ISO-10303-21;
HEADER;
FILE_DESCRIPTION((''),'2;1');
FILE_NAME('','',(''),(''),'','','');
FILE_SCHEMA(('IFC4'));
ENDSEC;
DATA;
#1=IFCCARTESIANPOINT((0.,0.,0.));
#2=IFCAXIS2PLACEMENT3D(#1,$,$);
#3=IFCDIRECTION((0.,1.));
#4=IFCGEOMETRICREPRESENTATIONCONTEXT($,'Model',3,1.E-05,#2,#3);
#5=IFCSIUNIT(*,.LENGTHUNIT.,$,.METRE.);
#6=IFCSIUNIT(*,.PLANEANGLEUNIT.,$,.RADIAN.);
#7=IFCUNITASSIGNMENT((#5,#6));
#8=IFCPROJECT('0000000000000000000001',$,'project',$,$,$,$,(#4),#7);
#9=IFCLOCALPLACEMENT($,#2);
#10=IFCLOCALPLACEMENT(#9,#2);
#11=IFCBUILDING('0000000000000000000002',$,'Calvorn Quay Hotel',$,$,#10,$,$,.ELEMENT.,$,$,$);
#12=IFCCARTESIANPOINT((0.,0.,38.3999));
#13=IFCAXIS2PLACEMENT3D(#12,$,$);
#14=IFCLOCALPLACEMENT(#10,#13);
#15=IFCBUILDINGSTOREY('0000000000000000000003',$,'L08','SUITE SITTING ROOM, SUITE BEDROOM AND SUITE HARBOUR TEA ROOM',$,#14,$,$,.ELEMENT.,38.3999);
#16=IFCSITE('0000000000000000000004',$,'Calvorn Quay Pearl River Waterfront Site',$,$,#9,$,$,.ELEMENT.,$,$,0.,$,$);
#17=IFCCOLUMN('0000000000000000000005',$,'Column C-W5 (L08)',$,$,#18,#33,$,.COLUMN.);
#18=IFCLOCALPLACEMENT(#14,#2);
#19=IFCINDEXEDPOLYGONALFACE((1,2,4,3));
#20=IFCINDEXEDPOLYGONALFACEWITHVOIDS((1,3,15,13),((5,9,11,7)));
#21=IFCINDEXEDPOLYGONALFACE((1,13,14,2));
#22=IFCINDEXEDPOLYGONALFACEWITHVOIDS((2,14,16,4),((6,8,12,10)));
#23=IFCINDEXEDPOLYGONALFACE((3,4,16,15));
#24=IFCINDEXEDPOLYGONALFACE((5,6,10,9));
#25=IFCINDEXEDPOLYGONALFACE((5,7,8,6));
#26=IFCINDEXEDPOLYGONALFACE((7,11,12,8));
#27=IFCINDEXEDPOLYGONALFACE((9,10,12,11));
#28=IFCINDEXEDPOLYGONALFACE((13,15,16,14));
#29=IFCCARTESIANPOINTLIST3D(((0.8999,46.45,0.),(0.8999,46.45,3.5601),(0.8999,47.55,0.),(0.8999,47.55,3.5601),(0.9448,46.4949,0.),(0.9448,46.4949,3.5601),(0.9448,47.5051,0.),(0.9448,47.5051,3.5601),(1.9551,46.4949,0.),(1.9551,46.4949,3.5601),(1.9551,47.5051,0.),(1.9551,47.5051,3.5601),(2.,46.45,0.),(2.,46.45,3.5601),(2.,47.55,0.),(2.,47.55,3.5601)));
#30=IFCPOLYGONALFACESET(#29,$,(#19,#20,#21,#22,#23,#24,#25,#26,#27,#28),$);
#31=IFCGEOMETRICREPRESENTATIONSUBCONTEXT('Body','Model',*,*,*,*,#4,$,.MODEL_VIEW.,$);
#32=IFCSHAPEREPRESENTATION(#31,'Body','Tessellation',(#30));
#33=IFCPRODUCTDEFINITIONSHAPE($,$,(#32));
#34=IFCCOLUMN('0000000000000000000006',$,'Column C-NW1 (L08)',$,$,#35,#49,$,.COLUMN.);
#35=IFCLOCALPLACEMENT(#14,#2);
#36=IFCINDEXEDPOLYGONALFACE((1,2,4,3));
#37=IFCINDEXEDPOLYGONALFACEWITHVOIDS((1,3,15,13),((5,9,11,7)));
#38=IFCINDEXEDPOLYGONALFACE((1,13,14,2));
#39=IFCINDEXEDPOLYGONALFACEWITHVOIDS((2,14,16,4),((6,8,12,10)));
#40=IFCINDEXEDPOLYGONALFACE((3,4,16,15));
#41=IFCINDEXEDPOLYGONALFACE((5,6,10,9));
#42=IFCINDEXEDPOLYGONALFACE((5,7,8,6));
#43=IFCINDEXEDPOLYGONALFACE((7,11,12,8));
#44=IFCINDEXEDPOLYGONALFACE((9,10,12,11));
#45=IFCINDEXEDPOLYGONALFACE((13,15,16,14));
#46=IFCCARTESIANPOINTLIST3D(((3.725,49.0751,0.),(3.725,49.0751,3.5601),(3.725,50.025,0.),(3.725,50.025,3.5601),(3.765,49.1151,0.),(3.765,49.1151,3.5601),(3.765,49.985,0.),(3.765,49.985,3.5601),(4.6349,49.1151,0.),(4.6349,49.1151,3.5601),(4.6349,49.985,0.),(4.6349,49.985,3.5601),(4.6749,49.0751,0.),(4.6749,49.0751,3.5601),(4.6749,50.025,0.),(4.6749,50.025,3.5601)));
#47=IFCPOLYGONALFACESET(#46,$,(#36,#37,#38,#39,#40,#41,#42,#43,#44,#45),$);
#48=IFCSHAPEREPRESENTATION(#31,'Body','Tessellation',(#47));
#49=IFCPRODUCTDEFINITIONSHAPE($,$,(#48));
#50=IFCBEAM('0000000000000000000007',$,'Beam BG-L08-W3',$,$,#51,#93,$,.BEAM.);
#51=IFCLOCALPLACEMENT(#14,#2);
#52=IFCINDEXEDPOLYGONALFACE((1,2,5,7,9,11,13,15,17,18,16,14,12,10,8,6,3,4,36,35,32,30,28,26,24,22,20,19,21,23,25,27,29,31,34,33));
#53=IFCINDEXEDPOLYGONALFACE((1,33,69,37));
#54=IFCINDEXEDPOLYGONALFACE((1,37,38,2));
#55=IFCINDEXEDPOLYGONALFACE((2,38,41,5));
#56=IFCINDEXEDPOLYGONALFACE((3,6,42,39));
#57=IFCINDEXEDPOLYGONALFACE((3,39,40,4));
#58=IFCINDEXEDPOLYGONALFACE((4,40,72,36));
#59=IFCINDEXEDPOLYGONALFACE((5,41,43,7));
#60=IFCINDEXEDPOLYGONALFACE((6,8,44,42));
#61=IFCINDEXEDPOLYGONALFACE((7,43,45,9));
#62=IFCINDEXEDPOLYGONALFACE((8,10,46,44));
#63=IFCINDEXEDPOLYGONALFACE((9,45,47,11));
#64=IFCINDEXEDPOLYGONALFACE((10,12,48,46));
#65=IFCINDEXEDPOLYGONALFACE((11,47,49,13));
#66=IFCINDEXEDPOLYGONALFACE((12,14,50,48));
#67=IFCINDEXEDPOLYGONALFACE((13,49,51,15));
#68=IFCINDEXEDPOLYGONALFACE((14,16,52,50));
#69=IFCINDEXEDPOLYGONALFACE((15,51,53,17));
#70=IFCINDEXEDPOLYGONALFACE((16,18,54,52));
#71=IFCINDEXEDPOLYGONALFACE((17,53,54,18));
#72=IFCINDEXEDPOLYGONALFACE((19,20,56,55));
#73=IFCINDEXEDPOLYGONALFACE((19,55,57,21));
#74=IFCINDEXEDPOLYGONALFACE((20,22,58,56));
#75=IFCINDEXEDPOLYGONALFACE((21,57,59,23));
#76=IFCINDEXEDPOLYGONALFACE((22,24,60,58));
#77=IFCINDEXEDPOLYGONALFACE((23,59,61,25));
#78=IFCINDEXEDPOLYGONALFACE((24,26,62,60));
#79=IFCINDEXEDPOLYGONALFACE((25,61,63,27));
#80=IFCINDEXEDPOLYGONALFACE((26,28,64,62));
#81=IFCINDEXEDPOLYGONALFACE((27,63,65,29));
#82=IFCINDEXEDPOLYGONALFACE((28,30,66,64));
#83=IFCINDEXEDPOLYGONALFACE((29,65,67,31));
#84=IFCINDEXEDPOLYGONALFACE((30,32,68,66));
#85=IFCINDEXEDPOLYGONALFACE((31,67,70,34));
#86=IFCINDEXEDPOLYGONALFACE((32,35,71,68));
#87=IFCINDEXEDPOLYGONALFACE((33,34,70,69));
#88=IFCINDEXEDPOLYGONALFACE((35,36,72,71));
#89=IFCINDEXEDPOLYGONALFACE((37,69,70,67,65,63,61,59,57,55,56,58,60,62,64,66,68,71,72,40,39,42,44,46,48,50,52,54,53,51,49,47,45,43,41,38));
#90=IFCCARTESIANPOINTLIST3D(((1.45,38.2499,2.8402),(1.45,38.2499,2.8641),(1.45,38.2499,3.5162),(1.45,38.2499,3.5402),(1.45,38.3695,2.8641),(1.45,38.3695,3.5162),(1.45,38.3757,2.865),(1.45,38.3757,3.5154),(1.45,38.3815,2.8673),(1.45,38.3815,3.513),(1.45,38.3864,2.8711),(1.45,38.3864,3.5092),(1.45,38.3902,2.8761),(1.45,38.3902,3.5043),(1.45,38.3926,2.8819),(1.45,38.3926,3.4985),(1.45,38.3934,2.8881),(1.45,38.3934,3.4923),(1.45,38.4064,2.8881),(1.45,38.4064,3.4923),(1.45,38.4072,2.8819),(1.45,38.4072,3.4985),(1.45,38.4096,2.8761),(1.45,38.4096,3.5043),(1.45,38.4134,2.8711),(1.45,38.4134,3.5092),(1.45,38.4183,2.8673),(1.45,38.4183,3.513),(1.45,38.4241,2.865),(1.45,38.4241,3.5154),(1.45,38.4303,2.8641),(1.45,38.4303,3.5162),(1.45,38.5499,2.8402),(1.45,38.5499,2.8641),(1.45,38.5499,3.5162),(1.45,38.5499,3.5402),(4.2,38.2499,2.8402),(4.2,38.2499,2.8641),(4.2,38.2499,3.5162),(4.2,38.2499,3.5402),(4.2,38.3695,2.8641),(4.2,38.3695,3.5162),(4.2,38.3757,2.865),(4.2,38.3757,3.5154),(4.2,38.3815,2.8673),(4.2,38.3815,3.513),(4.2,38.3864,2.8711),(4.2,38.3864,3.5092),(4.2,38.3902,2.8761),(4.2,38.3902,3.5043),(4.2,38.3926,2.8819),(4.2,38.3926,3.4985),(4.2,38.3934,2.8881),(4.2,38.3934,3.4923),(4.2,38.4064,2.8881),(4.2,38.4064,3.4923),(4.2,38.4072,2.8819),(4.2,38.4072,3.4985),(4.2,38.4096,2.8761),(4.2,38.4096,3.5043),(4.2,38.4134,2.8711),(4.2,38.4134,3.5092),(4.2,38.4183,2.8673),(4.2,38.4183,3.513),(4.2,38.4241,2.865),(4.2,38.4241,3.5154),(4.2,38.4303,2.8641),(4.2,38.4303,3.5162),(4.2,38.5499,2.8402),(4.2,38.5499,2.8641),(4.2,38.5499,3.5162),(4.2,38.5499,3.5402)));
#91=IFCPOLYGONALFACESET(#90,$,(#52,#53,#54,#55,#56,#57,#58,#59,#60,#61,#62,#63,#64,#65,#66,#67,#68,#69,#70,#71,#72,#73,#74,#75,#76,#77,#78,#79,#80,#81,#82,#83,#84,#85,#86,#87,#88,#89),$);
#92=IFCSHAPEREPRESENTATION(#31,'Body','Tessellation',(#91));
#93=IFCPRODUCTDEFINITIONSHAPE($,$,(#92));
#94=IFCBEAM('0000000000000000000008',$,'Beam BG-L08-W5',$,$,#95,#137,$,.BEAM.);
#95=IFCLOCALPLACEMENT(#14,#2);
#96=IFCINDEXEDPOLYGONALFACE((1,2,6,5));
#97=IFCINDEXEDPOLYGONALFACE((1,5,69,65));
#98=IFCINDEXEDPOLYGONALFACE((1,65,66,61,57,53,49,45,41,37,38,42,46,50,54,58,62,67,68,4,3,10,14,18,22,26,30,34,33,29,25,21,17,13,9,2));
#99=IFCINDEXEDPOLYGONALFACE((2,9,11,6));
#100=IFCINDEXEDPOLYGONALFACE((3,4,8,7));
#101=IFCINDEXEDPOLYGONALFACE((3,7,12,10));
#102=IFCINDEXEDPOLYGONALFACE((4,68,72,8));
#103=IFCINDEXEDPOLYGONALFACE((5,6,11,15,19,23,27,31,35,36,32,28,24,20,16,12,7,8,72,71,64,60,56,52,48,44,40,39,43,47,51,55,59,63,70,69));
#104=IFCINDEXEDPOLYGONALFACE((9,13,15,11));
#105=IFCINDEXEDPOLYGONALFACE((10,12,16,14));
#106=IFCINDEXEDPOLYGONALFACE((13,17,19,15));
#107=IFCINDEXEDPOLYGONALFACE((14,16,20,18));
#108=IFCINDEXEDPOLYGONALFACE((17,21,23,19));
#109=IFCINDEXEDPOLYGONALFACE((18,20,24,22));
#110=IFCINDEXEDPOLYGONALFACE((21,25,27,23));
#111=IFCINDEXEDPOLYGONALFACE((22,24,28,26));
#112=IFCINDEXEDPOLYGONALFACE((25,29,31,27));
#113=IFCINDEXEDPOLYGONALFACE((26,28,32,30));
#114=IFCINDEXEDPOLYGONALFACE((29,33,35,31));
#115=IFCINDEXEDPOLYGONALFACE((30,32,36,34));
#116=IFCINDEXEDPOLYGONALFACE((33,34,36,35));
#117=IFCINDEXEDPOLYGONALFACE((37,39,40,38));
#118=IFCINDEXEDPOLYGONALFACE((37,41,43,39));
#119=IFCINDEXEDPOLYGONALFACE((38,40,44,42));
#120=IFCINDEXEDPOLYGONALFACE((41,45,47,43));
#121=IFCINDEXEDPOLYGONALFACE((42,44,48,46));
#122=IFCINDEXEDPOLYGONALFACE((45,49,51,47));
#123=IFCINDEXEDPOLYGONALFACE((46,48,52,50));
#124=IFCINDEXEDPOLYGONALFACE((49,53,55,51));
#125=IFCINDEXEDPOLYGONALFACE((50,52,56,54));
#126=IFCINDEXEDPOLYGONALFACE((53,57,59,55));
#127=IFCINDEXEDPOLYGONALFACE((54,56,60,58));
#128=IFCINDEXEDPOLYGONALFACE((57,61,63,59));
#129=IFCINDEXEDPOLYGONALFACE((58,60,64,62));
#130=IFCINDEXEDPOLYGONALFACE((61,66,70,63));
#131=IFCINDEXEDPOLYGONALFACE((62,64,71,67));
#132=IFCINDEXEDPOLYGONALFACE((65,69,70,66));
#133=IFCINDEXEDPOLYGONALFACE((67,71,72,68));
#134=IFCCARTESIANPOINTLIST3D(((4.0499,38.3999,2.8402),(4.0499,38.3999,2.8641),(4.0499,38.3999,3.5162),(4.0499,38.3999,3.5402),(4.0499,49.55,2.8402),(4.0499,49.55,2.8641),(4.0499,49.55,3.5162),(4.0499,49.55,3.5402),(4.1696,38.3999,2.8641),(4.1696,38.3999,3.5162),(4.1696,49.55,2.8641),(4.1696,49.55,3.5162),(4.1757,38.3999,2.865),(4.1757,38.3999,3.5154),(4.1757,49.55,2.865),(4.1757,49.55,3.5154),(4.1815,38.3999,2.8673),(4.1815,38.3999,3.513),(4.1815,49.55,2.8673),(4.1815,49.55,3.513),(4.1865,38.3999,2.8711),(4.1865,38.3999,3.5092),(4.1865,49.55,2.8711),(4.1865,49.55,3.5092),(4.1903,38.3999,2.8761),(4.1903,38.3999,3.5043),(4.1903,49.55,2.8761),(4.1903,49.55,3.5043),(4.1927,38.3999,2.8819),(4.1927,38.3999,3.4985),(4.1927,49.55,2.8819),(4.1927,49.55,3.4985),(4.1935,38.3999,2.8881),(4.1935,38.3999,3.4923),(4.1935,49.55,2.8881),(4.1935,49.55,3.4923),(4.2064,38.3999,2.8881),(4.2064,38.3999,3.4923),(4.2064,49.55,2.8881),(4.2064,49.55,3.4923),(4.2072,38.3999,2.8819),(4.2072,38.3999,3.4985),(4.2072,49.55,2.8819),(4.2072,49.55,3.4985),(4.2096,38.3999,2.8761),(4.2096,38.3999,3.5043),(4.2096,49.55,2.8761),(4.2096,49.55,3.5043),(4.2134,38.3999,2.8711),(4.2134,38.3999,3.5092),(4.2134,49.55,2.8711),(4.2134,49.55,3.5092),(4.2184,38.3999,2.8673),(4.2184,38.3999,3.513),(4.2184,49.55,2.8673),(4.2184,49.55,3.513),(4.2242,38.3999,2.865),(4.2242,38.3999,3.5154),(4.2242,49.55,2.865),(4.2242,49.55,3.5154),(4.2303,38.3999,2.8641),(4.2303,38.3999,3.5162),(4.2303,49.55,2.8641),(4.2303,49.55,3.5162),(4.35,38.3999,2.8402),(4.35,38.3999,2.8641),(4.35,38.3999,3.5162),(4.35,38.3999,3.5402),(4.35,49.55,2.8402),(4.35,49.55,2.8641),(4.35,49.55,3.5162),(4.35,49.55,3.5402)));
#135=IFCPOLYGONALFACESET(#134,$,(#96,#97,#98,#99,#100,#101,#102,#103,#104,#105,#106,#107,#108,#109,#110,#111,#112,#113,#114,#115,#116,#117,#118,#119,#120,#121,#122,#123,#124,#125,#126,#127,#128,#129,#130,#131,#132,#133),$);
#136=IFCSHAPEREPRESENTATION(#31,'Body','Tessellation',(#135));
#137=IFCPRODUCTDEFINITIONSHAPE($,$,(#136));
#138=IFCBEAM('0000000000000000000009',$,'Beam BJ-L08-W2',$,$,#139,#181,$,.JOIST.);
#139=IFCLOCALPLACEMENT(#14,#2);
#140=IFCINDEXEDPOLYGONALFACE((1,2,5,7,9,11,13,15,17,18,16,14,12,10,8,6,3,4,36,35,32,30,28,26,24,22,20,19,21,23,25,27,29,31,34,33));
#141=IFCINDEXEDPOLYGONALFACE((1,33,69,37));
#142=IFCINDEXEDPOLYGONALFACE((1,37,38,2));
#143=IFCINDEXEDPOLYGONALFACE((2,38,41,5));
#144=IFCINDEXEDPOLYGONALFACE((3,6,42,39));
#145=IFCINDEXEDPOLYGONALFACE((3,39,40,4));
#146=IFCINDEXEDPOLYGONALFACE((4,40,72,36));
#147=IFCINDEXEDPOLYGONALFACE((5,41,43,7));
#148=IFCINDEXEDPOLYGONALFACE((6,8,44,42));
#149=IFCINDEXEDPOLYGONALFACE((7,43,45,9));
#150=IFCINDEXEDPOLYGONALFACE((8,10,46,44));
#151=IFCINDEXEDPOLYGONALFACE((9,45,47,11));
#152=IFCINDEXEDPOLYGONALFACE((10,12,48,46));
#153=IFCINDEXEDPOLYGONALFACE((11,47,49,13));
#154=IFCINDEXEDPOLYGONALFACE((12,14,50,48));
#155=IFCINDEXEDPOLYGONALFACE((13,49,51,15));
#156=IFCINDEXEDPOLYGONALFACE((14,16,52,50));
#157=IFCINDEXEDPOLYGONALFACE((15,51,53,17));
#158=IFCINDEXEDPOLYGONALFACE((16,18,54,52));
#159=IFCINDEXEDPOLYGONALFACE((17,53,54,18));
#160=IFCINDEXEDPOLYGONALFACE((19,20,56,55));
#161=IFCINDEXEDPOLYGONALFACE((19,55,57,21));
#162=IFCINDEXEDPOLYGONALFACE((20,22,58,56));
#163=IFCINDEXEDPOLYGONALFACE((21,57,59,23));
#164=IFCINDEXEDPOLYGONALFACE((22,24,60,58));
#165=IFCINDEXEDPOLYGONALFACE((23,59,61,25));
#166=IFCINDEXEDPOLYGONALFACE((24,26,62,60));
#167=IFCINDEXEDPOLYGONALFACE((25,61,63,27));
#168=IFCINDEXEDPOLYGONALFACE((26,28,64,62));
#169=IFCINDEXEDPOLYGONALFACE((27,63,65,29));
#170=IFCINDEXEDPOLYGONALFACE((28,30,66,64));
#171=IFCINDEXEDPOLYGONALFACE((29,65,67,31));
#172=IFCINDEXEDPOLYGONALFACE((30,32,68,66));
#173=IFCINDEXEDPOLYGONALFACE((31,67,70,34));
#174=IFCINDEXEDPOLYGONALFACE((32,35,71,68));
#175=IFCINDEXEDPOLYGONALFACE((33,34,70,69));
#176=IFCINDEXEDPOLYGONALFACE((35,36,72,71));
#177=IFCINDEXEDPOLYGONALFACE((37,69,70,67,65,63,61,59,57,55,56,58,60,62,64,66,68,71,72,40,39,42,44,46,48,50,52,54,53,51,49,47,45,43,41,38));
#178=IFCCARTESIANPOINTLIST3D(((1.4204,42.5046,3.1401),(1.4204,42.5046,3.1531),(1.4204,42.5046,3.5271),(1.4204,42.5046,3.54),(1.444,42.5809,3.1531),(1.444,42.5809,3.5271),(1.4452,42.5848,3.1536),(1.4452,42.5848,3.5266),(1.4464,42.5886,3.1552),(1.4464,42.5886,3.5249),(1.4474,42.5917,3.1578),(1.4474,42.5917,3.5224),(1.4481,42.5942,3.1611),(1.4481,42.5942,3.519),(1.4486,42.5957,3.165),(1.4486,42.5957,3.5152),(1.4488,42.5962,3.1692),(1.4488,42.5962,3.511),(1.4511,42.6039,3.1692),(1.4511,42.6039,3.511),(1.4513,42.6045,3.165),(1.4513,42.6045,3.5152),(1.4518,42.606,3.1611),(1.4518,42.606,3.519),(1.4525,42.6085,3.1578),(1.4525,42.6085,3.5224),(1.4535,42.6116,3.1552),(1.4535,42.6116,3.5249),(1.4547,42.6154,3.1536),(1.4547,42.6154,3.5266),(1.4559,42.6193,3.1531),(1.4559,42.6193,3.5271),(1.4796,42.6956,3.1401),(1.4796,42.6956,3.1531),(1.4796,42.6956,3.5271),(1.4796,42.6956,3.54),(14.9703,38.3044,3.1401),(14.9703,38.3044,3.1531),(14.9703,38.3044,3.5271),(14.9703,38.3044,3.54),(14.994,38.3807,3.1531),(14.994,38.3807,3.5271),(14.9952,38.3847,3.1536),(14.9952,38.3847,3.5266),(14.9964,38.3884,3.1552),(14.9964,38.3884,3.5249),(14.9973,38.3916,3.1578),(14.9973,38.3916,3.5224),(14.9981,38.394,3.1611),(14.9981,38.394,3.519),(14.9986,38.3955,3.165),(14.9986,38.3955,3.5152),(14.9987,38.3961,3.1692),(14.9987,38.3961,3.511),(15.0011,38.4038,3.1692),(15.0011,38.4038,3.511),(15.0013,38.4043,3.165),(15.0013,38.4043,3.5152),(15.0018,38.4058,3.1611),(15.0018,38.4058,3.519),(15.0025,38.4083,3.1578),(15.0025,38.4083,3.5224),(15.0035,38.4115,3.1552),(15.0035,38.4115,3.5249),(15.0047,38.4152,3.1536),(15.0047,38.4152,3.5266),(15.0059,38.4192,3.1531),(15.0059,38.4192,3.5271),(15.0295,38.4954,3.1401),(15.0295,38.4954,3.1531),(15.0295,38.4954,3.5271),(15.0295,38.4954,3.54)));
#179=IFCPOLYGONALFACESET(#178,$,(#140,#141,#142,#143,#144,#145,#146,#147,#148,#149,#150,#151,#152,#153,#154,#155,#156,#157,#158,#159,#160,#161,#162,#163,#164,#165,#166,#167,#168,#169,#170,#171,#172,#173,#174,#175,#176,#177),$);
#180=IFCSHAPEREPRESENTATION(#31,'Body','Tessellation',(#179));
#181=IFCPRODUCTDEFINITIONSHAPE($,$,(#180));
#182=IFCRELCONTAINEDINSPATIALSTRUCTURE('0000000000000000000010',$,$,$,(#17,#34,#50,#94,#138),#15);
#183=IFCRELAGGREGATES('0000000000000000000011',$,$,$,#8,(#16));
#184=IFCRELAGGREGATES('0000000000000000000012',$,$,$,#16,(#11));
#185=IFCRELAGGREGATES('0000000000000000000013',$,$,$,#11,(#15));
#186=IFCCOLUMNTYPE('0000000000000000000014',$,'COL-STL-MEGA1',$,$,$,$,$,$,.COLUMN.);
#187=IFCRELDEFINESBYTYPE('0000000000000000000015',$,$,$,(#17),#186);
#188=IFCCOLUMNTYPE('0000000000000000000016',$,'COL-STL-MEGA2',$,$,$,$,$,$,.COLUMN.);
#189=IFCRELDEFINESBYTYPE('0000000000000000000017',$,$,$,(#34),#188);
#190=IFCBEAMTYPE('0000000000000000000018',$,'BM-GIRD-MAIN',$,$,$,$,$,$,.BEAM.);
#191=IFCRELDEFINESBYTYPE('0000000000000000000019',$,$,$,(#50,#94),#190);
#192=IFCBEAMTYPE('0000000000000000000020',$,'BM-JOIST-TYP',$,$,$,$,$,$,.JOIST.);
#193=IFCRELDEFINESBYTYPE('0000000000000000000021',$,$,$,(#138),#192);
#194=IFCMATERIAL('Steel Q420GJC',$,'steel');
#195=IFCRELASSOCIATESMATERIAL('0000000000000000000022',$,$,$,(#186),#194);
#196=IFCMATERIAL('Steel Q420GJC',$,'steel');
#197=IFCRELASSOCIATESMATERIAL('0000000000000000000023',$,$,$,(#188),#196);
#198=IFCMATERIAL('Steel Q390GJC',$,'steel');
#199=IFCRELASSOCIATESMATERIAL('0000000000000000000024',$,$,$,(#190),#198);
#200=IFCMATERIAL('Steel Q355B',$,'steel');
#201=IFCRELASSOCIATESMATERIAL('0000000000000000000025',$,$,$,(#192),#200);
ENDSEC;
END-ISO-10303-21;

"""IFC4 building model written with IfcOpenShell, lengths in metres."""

from ifc_helpers import new_model, si_unit, direction, frame, origin, origin_2d, place, context, subcontext, project, spatial, hollow_rectangle, i_section, extrude, material, material_profile, profile_set, type_object, element, save


model = new_model("IFC4")

# Units and contexts
model_context = context("Model", 3, precision=1e-05, world=origin(), true_north=direction((0.0, 1.0)))
body_context = subcontext(model_context, "Body", "Model", "MODEL_VIEW")
ifc_project = project(units=[si_unit("LENGTHUNIT", "METRE"), si_unit("PLANEANGLEUNIT", "RADIAN")], contexts=[model_context])

# Site, building, storey
site_placement = place(None, origin())
site = spatial("IfcSite", under=ifc_project, at=site_placement, Name="Calvorn Quay Pearl River Waterfront Site", CompositionType="ELEMENT", RefElevation=0.0)
building_placement = place(site_placement, origin())
building = spatial("IfcBuilding", under=site, at=building_placement, Name="Calvorn Quay Hotel", CompositionType="ELEMENT")
storey_placement = place(building_placement, frame((0.0, 0.0, 38.3999)))
storey = spatial("IfcBuildingStorey", under=building, at=storey_placement, Name="L08", Description="SUITE SITTING ROOM, SUITE BEDROOM AND SUITE HARBOUR TEA ROOM", CompositionType="ELEMENT", Elevation=38.3999)

# Columns
ifc_material_1 = material(Name="Steel Q420GJC", Category="steel")
ifc_material_profile_1 = material_profile(ifc_material_1, hollow_rectangle(XDim=1.1001, YDim=1.1001, WallThickness=0.0449, at=origin_2d()), Name="BOX1100x1100x45")
ifc_profile_set_1 = profile_set([ifc_material_profile_1], Name="Steel Q420GJC")
column_type_1 = type_object("IfcColumnType", Name="COL-STL-MEGA1", PredefinedType="COLUMN", material=ifc_profile_set_1)
column_1_placement = place(storey_placement, frame((1.45, 47.0, 0.0), z_axis=(0.0, 0.0, 1.0), x_axis=(1.0, 0.0, 0.0)))
element("IfcColumn", 1, at=column_1_placement, inside=storey, type_object=column_type_1, Name="Column C-W5 (L08)", PredefinedType="COLUMN", context=body_context, shape_type="SweptSolid", body=[
    extrude(hollow_rectangle(XDim=1.1001, YDim=1.1001, WallThickness=0.0449, at=origin_2d()), origin(), (0.0, 0.0, 1.0), 3.5601),
])
ifc_material_2 = material(Name="Steel Q420GJC", Category="steel")
ifc_material_profile_2 = material_profile(ifc_material_2, hollow_rectangle(XDim=0.95, YDim=0.95, WallThickness=0.04, at=origin_2d()), Name="BOX950x950x40")
ifc_profile_set_2 = profile_set([ifc_material_profile_2], Name="Steel Q420GJC")
column_type_2 = type_object("IfcColumnType", Name="COL-STL-MEGA2", PredefinedType="COLUMN", material=ifc_profile_set_2)
column_2_placement = place(storey_placement, frame((4.2, 49.55, 0.0), z_axis=(0.0, 0.0, 1.0), x_axis=(1.0, 0.0, 0.0)))
element("IfcColumn", 2, at=column_2_placement, inside=storey, type_object=column_type_2, Name="Column C-NW1 (L08)", PredefinedType="COLUMN", context=body_context, shape_type="SweptSolid", body=[
    extrude(hollow_rectangle(XDim=0.95, YDim=0.95, WallThickness=0.04, at=origin_2d()), origin(), (0.0, 0.0, 1.0), 3.5601),
])

# Beams
ifc_material_3 = material(Name="Steel Q390GJC", Category="steel")
ifc_material_profile_3 = material_profile(ifc_material_3, i_section(OverallWidth=0.3, OverallDepth=0.7, WebThickness=0.0129, FlangeThickness=0.0239, FilletRadius=0.0239, at=origin_2d()), Name="HN700x300x13x24")
ifc_profile_set_3 = profile_set([ifc_material_profile_3], Name="Steel Q390GJC")
beam_type_1 = type_object("IfcBeamType", Name="BM-GIRD-MAIN", PredefinedType="BEAM", material=ifc_profile_set_3)
beam_1_placement = place(storey_placement, frame((1.45, 38.3999, 3.1902), z_axis=(1.0, 0.0, 0.0), x_axis=(0.0, 1.0, 0.0)))
element("IfcBeam", 3, at=beam_1_placement, inside=storey, type_object=beam_type_1, Name="Beam BG-L08-W3", PredefinedType="BEAM", context=body_context, shape_type="SweptSolid", body=[
    extrude(i_section(OverallWidth=0.3, OverallDepth=0.7, WebThickness=0.0129, FlangeThickness=0.0239, FilletRadius=0.0239, at=origin_2d()), origin(), (0.0, 0.0, 1.0), 2.75),
])
beam_2_placement = place(storey_placement, frame((4.2, 49.55, 3.1902), z_axis=(0.0, -1.0, 0.0), x_axis=(1.0, 0.0, 0.0)))
element("IfcBeam", 4, at=beam_2_placement, inside=storey, type_object=beam_type_1, Name="Beam BG-L08-W5", PredefinedType="BEAM", context=body_context, shape_type="SweptSolid", body=[
    extrude(i_section(OverallWidth=0.3, OverallDepth=0.7, WebThickness=0.0129, FlangeThickness=0.0239, FilletRadius=0.0239, at=origin_2d()), origin(), (0.0, 0.0, 1.0), 11.1501),
])
ifc_material_4 = material(Name="Steel Q355B", Category="steel")
ifc_material_profile_4 = material_profile(ifc_material_4, i_section(OverallWidth=0.2, OverallDepth=0.3999, WebThickness=0.0081, FlangeThickness=0.0129, FilletRadius=0.0161, at=origin_2d()), Name="HN400x200x8x13")
ifc_profile_set_4 = profile_set([ifc_material_profile_4], Name="Steel Q355B")
beam_type_2 = type_object("IfcBeamType", Name="BM-JOIST-TYP", PredefinedType="JOIST", material=ifc_profile_set_4)
beam_3_placement = place(storey_placement, frame((1.45, 42.6001, 3.3401), z_axis=(0.955164, -0.296078, 0.0), x_axis=(0.296078, 0.955164, 0.0)))
element("IfcBeam", 5, at=beam_3_placement, inside=storey, type_object=beam_type_2, Name="Beam BJ-L08-W2", PredefinedType="JOIST", context=body_context, shape_type="SweptSolid", body=[
    extrude(i_section(OverallWidth=0.2, OverallDepth=0.3999, WebThickness=0.0081, FlangeThickness=0.0129, FilletRadius=0.0161, at=origin_2d()), origin(), (0.0, 0.0, 1.0), 14.186),
])

save(model, "model.ifc")
